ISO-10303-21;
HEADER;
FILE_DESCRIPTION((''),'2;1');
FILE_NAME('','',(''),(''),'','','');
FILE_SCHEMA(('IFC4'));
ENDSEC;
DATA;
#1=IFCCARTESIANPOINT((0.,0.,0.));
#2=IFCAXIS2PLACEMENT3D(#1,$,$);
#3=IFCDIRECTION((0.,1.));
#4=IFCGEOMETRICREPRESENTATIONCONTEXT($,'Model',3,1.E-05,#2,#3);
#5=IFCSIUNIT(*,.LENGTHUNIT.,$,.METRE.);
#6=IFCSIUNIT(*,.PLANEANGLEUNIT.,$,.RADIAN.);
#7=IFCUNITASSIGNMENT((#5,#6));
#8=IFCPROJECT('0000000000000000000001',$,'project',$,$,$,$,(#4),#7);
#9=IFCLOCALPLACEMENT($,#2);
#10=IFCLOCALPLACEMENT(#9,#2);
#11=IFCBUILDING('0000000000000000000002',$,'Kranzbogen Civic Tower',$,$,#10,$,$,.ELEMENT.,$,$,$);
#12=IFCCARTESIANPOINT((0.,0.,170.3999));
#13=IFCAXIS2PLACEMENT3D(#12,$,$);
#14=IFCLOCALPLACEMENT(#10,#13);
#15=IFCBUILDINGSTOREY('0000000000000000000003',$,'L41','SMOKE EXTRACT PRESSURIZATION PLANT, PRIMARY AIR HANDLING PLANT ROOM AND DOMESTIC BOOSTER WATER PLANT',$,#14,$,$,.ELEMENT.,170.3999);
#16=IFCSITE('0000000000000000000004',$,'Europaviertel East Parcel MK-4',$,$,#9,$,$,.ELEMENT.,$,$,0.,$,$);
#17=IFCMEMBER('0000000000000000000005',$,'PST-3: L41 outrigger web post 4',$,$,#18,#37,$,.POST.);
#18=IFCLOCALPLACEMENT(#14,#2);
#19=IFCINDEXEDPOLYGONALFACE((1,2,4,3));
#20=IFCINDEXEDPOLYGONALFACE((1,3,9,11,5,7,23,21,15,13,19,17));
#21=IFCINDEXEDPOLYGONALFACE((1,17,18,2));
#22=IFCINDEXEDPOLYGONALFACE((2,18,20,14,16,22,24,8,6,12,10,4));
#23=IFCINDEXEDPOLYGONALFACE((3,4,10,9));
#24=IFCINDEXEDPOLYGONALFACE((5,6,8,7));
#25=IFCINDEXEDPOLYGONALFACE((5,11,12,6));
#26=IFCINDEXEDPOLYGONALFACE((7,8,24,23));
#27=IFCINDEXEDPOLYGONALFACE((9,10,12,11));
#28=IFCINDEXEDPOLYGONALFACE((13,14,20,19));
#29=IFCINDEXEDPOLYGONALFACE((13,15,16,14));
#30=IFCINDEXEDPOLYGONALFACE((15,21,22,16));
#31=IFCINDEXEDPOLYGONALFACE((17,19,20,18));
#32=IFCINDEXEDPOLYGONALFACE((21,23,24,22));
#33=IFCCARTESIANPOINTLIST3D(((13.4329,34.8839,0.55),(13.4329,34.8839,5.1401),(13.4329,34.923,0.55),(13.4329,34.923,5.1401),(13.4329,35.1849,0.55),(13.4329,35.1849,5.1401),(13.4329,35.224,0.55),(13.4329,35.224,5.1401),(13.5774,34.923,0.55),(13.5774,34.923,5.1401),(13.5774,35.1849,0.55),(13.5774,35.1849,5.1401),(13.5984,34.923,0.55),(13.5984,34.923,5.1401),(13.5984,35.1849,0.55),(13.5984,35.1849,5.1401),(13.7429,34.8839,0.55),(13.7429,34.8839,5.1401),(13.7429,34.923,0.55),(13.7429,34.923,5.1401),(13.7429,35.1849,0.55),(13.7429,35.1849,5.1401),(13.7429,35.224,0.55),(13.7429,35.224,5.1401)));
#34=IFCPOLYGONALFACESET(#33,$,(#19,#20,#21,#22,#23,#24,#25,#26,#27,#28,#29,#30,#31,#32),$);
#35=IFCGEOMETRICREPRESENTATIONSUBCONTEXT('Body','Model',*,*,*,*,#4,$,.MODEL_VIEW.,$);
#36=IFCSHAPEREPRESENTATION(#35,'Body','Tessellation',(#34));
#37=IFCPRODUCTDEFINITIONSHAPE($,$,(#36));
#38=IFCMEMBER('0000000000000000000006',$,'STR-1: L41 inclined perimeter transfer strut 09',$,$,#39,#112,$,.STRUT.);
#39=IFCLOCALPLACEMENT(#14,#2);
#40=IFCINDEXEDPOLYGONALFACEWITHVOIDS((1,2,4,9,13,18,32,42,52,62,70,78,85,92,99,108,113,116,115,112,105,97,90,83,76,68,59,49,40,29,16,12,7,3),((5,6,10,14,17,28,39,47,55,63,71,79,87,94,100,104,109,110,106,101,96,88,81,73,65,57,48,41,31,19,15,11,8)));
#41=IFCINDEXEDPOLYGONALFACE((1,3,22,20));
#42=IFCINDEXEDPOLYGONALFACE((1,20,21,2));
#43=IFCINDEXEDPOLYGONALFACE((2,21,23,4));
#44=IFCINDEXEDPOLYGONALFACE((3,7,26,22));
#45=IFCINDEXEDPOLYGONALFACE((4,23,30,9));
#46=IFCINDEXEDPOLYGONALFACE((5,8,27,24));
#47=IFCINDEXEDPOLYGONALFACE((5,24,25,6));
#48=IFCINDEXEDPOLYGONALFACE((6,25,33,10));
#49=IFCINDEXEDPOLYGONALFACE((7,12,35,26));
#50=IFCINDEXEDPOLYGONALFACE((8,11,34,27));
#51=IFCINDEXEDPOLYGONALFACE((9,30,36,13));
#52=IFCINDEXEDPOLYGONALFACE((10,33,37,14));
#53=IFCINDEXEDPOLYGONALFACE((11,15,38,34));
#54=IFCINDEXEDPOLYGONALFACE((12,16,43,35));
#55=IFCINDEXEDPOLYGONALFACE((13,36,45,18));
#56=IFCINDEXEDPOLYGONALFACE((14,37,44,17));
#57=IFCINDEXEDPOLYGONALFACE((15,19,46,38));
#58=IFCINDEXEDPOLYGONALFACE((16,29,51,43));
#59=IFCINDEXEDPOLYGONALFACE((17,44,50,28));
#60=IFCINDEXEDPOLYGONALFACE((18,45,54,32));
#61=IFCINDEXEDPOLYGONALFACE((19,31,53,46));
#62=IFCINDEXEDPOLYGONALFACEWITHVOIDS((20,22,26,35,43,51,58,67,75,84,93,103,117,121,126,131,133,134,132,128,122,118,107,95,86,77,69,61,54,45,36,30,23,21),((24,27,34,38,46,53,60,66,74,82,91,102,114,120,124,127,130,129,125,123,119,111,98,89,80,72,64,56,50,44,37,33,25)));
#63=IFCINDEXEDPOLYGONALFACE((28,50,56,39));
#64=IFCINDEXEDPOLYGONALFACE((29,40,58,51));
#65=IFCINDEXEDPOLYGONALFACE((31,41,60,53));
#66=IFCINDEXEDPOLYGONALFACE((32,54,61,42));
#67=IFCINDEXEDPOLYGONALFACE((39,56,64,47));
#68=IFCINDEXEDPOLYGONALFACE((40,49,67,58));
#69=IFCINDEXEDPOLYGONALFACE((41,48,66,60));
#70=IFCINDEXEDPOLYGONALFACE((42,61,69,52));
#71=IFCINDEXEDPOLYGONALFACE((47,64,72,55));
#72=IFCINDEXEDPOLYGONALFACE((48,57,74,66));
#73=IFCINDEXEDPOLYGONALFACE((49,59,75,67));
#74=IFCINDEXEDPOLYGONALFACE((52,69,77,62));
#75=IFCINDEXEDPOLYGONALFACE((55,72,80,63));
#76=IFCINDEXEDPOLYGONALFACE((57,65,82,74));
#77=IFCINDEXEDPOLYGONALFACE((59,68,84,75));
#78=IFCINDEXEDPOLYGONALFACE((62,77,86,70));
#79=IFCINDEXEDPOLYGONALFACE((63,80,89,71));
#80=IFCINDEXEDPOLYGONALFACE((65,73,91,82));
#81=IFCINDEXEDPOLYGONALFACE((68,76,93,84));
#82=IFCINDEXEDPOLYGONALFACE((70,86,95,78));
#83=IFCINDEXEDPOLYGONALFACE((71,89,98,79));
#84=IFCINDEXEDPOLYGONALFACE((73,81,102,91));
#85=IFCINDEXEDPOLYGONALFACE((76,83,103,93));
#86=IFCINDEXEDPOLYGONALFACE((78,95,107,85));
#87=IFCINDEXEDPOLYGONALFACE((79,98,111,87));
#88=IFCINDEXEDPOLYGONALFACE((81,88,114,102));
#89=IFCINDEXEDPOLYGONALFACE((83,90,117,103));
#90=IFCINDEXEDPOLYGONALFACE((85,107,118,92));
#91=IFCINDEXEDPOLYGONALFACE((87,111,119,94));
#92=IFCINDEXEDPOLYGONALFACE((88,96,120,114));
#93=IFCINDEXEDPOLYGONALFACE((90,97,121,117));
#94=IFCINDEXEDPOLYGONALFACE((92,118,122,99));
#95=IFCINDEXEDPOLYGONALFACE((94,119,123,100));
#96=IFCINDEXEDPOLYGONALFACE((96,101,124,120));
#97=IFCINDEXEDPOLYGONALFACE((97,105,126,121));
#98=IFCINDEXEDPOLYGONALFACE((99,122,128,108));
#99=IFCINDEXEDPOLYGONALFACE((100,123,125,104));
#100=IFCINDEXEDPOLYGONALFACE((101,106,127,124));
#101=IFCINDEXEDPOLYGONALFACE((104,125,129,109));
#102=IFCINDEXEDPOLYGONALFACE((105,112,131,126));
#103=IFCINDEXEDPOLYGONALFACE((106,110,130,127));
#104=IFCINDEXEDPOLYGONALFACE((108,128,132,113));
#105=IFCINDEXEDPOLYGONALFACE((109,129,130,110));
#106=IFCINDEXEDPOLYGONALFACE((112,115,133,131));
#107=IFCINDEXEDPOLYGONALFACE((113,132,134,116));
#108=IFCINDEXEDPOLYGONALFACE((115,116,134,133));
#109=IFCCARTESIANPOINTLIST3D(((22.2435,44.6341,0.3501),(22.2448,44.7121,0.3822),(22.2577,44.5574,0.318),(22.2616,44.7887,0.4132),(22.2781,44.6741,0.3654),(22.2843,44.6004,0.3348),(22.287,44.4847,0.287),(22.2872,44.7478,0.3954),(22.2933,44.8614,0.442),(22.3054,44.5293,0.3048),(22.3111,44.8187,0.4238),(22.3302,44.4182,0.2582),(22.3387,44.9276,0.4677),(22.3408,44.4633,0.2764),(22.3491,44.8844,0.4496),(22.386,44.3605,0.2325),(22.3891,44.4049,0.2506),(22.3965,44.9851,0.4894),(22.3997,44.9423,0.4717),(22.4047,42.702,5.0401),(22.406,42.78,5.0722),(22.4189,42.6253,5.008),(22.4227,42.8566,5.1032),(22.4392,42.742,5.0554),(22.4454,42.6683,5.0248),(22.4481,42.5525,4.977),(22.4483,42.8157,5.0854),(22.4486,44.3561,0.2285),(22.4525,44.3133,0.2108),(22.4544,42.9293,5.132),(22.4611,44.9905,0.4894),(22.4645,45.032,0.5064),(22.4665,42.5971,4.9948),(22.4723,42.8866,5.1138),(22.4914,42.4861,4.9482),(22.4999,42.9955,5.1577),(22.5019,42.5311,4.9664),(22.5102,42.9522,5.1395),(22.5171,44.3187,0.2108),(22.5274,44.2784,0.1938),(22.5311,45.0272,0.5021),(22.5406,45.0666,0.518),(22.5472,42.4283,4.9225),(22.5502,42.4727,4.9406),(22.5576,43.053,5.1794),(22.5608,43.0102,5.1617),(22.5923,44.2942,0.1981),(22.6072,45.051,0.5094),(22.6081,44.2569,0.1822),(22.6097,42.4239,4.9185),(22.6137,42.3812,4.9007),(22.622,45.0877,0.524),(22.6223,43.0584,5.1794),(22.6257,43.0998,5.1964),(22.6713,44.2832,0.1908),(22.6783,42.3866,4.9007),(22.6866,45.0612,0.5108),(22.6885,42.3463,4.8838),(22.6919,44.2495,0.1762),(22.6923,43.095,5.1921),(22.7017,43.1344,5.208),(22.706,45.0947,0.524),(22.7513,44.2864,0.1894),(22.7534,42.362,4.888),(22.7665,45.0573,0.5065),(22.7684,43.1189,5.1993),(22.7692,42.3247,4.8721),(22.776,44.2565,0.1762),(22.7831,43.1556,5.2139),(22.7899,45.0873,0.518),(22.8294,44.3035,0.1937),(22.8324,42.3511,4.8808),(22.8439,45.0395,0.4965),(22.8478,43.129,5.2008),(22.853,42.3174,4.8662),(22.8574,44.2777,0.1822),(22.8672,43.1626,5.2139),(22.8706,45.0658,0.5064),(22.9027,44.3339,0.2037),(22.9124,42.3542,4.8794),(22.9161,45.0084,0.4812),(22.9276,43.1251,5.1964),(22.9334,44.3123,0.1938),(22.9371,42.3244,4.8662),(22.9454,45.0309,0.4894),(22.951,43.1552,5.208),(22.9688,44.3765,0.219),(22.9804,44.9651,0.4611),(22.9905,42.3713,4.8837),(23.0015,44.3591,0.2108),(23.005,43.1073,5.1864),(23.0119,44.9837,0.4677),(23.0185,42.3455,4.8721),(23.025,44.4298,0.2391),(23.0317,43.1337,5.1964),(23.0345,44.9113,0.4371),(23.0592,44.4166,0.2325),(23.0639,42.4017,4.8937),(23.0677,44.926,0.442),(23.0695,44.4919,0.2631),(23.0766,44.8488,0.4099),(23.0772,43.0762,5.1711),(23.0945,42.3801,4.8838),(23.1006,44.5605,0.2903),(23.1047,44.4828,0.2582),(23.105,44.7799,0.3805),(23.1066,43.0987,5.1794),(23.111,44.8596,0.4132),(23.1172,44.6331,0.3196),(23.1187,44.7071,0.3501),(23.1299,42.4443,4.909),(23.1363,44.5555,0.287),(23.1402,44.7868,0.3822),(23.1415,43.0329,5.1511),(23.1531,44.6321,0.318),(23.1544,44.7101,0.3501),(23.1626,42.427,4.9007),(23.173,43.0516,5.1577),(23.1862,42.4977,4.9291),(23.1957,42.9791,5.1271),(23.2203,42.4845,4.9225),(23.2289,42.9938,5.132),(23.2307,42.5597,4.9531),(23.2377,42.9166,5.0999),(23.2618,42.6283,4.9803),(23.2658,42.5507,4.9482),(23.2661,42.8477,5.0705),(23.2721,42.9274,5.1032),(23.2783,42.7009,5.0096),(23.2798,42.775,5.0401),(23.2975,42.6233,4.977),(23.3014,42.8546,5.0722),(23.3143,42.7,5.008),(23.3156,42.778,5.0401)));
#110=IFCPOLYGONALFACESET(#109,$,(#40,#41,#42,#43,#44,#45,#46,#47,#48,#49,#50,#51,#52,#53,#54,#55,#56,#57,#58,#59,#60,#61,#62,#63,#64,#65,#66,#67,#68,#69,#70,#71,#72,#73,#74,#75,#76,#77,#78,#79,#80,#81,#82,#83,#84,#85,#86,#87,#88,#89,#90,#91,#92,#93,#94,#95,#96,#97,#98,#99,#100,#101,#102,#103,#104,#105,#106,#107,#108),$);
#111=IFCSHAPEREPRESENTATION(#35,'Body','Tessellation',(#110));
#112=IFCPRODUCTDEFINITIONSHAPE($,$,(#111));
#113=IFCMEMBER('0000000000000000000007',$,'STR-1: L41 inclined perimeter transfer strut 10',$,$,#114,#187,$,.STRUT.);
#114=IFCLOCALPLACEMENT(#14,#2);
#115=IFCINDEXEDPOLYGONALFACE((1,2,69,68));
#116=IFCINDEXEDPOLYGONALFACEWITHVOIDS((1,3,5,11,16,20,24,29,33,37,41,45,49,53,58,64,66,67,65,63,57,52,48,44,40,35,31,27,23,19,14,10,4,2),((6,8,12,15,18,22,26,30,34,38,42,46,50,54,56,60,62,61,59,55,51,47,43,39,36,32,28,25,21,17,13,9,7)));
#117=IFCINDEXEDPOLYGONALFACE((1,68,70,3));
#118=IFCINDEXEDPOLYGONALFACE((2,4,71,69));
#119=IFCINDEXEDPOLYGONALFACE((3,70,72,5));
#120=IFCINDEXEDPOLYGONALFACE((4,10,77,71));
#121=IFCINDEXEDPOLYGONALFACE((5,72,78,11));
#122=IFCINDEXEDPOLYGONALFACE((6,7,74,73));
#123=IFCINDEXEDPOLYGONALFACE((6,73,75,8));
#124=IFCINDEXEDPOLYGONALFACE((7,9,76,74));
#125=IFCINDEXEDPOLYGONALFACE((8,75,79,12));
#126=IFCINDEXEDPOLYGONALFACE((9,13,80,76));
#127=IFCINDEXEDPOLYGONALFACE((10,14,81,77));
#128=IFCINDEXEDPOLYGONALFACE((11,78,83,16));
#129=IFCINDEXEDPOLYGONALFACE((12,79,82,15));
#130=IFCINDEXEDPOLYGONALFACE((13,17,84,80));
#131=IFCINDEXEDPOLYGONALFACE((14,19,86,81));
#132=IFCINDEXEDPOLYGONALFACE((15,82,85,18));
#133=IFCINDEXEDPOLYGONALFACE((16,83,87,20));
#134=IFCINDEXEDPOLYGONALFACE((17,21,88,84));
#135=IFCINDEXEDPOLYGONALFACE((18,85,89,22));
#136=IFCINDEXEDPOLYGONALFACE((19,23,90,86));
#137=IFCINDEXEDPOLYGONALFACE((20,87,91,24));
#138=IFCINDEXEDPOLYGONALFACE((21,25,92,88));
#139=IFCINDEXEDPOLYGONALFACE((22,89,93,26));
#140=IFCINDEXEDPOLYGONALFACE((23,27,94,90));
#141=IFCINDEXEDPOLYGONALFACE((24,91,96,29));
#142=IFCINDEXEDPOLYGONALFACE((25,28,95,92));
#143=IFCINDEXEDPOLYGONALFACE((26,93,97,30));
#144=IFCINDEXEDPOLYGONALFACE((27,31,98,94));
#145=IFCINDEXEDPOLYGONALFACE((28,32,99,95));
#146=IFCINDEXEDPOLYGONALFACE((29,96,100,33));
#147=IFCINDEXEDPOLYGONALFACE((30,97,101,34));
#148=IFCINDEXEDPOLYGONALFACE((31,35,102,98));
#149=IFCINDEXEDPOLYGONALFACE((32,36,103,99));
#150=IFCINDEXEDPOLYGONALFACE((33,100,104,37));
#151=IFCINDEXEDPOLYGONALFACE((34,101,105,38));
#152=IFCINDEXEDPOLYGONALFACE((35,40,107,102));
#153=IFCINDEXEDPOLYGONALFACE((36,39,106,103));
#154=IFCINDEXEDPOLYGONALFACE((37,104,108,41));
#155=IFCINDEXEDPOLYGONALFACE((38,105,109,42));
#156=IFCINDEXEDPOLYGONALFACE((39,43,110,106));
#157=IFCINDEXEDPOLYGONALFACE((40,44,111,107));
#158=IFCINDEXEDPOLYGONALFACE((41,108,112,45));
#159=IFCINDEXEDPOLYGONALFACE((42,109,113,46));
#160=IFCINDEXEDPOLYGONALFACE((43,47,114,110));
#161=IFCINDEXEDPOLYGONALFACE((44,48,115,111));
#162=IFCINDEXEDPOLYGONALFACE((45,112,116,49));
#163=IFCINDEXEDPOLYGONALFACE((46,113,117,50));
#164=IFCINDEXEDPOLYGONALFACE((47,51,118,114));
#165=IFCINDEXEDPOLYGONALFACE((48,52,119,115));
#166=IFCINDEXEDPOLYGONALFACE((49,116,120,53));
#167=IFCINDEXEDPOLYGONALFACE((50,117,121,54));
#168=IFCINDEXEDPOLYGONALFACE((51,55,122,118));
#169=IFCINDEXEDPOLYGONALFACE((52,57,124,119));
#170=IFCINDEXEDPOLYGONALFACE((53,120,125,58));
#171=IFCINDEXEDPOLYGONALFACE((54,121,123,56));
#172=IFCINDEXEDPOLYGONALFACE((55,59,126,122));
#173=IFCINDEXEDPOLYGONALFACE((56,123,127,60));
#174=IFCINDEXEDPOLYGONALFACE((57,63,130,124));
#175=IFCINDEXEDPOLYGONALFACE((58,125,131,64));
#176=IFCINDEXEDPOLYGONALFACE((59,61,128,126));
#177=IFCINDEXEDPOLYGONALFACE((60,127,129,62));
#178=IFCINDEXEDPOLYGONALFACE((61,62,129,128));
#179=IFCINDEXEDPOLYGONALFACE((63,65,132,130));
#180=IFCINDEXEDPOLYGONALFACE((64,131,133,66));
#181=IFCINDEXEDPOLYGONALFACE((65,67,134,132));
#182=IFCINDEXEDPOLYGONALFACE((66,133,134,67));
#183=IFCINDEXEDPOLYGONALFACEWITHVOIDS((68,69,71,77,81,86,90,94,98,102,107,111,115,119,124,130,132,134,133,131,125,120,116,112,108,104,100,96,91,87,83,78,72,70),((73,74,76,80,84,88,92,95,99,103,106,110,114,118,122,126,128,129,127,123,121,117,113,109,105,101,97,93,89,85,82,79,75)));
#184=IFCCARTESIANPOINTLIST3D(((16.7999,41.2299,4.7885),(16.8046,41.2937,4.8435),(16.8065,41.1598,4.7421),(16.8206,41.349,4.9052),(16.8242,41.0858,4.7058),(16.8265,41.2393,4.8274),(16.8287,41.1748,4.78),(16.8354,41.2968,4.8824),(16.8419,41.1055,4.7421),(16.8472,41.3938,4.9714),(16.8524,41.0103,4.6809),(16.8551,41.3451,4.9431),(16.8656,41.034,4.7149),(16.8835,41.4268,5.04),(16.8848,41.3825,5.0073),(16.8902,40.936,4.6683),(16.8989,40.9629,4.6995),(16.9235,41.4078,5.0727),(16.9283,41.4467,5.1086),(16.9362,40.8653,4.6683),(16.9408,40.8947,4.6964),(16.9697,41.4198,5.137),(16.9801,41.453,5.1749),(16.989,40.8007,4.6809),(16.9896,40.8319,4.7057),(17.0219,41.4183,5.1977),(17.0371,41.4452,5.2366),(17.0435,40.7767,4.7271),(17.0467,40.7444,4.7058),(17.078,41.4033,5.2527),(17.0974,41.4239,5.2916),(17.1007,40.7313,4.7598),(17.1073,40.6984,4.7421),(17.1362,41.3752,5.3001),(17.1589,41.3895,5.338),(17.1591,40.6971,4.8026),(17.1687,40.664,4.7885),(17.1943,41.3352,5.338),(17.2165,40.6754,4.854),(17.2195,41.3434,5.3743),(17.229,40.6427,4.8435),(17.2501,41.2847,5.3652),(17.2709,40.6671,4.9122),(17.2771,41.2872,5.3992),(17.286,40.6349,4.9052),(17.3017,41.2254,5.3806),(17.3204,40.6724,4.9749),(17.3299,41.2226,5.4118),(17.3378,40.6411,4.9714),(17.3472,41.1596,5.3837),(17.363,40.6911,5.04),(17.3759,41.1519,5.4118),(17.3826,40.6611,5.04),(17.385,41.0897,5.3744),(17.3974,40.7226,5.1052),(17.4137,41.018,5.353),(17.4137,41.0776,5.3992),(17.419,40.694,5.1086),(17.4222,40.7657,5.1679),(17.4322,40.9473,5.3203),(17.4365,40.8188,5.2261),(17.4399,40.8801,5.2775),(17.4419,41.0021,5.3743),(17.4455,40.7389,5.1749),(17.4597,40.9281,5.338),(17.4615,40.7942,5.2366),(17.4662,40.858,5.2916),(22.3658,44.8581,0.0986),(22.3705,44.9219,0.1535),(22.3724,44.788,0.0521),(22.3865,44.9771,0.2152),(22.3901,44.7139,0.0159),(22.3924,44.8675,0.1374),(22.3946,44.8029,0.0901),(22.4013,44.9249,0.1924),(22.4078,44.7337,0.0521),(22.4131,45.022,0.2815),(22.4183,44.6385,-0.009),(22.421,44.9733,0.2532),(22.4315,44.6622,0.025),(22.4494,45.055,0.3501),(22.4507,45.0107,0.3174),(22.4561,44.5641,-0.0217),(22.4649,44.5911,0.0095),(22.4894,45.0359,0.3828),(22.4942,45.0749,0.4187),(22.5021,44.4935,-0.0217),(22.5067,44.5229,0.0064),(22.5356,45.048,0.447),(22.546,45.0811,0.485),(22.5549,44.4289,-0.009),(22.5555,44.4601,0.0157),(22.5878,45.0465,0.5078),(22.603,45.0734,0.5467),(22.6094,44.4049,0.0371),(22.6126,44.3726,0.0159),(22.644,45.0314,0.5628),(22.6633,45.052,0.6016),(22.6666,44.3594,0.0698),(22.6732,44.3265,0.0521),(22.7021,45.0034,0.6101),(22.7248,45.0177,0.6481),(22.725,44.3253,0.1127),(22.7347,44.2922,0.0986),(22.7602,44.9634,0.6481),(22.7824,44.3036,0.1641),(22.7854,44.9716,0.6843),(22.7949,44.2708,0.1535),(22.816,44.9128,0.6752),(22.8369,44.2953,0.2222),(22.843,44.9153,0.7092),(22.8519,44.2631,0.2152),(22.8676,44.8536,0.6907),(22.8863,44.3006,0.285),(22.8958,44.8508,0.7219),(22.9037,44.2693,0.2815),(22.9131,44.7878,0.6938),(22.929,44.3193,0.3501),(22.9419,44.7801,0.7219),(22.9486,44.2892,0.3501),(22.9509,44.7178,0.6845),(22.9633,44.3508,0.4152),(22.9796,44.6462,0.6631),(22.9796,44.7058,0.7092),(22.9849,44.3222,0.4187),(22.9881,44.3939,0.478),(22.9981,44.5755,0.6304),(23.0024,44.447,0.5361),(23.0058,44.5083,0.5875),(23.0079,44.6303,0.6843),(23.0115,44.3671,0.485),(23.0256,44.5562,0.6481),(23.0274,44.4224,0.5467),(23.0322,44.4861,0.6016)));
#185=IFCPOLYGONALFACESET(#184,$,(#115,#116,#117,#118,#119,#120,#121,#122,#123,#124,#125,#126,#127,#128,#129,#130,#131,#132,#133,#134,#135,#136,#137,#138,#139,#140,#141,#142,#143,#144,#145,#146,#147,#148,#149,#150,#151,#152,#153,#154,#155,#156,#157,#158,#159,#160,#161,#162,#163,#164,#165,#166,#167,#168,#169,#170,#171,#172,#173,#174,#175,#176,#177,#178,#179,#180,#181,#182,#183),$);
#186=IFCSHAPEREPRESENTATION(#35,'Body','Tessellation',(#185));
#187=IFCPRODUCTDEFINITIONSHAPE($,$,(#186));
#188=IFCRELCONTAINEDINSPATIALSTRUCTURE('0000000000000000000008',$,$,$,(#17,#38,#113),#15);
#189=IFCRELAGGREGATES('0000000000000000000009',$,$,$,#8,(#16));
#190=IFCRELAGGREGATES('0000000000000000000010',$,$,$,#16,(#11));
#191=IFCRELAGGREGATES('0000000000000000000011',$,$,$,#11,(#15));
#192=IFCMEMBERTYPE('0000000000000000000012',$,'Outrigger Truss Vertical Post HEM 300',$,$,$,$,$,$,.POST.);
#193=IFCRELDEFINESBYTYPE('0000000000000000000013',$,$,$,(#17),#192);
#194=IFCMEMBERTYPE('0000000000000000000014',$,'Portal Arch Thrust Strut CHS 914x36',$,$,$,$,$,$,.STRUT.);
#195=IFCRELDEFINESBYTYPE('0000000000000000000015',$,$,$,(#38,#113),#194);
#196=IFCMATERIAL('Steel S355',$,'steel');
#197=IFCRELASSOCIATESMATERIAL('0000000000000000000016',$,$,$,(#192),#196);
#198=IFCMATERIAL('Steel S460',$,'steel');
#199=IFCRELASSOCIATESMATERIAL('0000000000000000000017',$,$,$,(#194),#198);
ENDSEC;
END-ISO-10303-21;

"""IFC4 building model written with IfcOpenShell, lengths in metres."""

from ifc_helpers import new_model, si_unit, direction, frame, origin, origin_2d, place, context, subcontext, project, spatial, hollow_circle, i_section, extrude, material, material_profile, profile_set, type_object, element, save


model = new_model("IFC4")

# Units and contexts
model_context = context("Model", 3, precision=1e-05, world=origin(), true_north=direction((0.0, 1.0)))
body_context = subcontext(model_context, "Body", "Model", "MODEL_VIEW")
ifc_project = project(units=[si_unit("LENGTHUNIT", "METRE"), si_unit("PLANEANGLEUNIT", "RADIAN")], contexts=[model_context])

# Site, building, storey
site_placement = place(None, origin())
site = spatial("IfcSite", under=ifc_project, at=site_placement, Name="Europaviertel East Parcel MK-4", CompositionType="ELEMENT", RefElevation=0.0)
building_placement = place(site_placement, origin())
building = spatial("IfcBuilding", under=site, at=building_placement, Name="Kranzbogen Civic Tower", CompositionType="ELEMENT")
storey_placement = place(building_placement, frame((0.0, 0.0, 170.3999)))
storey = spatial("IfcBuildingStorey", under=building, at=storey_placement, Name="L41", Description="SMOKE EXTRACT PRESSURIZATION PLANT, PRIMARY AIR HANDLING PLANT ROOM AND DOMESTIC BOOSTER WATER PLANT", CompositionType="ELEMENT", Elevation=170.3999)

# Shared definitions
ifc_material_1 = material(Name="Steel S355", Category="steel")

# Members
ifc_material_profile_1 = material_profile(ifc_material_1, i_section(OverallWidth=0.3101, OverallDepth=0.3401, WebThickness=0.021, FlangeThickness=0.0391, at=origin_2d()), Name="HEM 300")
ifc_profile_set_1 = profile_set([ifc_material_profile_1], Name="Steel S355")
member_type_1 = type_object("IfcMemberType", Name="Outrigger Truss Vertical Post HEM 300", PredefinedType="POST", material=ifc_profile_set_1)
member_1_placement = place(storey_placement, frame((13.5879, 35.054, 0.55), z_axis=(0.0, 0.0, 1.0), x_axis=(1.0, 0.0, 0.0)))
element("IfcMember", 1, at=member_1_placement, inside=storey, type_object=member_type_1, Name="PST-3: L41 outrigger web post 4", PredefinedType="POST", context=body_context, shape_type="SweptSolid", body=[
    extrude(i_section(OverallWidth=0.3101, OverallDepth=0.3401, WebThickness=0.021, FlangeThickness=0.0391, at=origin_2d()), origin(), (0.0, 0.0, 1.0), 4.5901),
])
ifc_material_2 = material(Name="Steel S460", Category="steel")
ifc_material_profile_2 = material_profile(ifc_material_2, hollow_circle(Radius=0.457, WallThickness=0.0359, at=origin_2d()), Name="CHS 914x36")
ifc_profile_set_2 = profile_set([ifc_material_profile_2], Name="Steel S460")
member_type_2 = type_object("IfcMemberType", Name="Portal Arch Thrust Strut CHS 914x36", PredefinedType="STRUT", material=ifc_profile_set_2)
member_2_placement = place(storey_placement, frame((22.699, 44.6721, 0.3501), z_axis=(0.031751, -0.380722, 0.924144), x_axis=(0.996541, 0.083108, 0.0)))
element("IfcMember", 2, at=member_2_placement, inside=storey, type_object=member_type_2, Name="STR-1: L41 inclined perimeter transfer strut 09", PredefinedType="STRUT", context=body_context, shape_type="SweptSolid", body=[
    extrude(hollow_circle(Radius=0.457, WallThickness=0.0359, at=origin_2d()), origin(), (0.0, 0.0, 1.0), 5.075),
])
member_3_placement = place(storey_placement, frame((22.699, 44.6721, 0.3501), z_axis=(-0.684399, -0.446129, 0.576687), x_axis=(0.546081, -0.837733, 0.0)))
element("IfcMember", 3, at=member_3_placement, inside=storey, type_object=member_type_2, Name="STR-1: L41 inclined perimeter transfer strut 10", PredefinedType="STRUT", context=body_context, shape_type="SweptSolid", body=[
    extrude(hollow_circle(Radius=0.457, WallThickness=0.0359, at=origin_2d()), origin(), (0.0, 0.0, 1.0), 8.1326),
])

save(model, "model.ifc")
